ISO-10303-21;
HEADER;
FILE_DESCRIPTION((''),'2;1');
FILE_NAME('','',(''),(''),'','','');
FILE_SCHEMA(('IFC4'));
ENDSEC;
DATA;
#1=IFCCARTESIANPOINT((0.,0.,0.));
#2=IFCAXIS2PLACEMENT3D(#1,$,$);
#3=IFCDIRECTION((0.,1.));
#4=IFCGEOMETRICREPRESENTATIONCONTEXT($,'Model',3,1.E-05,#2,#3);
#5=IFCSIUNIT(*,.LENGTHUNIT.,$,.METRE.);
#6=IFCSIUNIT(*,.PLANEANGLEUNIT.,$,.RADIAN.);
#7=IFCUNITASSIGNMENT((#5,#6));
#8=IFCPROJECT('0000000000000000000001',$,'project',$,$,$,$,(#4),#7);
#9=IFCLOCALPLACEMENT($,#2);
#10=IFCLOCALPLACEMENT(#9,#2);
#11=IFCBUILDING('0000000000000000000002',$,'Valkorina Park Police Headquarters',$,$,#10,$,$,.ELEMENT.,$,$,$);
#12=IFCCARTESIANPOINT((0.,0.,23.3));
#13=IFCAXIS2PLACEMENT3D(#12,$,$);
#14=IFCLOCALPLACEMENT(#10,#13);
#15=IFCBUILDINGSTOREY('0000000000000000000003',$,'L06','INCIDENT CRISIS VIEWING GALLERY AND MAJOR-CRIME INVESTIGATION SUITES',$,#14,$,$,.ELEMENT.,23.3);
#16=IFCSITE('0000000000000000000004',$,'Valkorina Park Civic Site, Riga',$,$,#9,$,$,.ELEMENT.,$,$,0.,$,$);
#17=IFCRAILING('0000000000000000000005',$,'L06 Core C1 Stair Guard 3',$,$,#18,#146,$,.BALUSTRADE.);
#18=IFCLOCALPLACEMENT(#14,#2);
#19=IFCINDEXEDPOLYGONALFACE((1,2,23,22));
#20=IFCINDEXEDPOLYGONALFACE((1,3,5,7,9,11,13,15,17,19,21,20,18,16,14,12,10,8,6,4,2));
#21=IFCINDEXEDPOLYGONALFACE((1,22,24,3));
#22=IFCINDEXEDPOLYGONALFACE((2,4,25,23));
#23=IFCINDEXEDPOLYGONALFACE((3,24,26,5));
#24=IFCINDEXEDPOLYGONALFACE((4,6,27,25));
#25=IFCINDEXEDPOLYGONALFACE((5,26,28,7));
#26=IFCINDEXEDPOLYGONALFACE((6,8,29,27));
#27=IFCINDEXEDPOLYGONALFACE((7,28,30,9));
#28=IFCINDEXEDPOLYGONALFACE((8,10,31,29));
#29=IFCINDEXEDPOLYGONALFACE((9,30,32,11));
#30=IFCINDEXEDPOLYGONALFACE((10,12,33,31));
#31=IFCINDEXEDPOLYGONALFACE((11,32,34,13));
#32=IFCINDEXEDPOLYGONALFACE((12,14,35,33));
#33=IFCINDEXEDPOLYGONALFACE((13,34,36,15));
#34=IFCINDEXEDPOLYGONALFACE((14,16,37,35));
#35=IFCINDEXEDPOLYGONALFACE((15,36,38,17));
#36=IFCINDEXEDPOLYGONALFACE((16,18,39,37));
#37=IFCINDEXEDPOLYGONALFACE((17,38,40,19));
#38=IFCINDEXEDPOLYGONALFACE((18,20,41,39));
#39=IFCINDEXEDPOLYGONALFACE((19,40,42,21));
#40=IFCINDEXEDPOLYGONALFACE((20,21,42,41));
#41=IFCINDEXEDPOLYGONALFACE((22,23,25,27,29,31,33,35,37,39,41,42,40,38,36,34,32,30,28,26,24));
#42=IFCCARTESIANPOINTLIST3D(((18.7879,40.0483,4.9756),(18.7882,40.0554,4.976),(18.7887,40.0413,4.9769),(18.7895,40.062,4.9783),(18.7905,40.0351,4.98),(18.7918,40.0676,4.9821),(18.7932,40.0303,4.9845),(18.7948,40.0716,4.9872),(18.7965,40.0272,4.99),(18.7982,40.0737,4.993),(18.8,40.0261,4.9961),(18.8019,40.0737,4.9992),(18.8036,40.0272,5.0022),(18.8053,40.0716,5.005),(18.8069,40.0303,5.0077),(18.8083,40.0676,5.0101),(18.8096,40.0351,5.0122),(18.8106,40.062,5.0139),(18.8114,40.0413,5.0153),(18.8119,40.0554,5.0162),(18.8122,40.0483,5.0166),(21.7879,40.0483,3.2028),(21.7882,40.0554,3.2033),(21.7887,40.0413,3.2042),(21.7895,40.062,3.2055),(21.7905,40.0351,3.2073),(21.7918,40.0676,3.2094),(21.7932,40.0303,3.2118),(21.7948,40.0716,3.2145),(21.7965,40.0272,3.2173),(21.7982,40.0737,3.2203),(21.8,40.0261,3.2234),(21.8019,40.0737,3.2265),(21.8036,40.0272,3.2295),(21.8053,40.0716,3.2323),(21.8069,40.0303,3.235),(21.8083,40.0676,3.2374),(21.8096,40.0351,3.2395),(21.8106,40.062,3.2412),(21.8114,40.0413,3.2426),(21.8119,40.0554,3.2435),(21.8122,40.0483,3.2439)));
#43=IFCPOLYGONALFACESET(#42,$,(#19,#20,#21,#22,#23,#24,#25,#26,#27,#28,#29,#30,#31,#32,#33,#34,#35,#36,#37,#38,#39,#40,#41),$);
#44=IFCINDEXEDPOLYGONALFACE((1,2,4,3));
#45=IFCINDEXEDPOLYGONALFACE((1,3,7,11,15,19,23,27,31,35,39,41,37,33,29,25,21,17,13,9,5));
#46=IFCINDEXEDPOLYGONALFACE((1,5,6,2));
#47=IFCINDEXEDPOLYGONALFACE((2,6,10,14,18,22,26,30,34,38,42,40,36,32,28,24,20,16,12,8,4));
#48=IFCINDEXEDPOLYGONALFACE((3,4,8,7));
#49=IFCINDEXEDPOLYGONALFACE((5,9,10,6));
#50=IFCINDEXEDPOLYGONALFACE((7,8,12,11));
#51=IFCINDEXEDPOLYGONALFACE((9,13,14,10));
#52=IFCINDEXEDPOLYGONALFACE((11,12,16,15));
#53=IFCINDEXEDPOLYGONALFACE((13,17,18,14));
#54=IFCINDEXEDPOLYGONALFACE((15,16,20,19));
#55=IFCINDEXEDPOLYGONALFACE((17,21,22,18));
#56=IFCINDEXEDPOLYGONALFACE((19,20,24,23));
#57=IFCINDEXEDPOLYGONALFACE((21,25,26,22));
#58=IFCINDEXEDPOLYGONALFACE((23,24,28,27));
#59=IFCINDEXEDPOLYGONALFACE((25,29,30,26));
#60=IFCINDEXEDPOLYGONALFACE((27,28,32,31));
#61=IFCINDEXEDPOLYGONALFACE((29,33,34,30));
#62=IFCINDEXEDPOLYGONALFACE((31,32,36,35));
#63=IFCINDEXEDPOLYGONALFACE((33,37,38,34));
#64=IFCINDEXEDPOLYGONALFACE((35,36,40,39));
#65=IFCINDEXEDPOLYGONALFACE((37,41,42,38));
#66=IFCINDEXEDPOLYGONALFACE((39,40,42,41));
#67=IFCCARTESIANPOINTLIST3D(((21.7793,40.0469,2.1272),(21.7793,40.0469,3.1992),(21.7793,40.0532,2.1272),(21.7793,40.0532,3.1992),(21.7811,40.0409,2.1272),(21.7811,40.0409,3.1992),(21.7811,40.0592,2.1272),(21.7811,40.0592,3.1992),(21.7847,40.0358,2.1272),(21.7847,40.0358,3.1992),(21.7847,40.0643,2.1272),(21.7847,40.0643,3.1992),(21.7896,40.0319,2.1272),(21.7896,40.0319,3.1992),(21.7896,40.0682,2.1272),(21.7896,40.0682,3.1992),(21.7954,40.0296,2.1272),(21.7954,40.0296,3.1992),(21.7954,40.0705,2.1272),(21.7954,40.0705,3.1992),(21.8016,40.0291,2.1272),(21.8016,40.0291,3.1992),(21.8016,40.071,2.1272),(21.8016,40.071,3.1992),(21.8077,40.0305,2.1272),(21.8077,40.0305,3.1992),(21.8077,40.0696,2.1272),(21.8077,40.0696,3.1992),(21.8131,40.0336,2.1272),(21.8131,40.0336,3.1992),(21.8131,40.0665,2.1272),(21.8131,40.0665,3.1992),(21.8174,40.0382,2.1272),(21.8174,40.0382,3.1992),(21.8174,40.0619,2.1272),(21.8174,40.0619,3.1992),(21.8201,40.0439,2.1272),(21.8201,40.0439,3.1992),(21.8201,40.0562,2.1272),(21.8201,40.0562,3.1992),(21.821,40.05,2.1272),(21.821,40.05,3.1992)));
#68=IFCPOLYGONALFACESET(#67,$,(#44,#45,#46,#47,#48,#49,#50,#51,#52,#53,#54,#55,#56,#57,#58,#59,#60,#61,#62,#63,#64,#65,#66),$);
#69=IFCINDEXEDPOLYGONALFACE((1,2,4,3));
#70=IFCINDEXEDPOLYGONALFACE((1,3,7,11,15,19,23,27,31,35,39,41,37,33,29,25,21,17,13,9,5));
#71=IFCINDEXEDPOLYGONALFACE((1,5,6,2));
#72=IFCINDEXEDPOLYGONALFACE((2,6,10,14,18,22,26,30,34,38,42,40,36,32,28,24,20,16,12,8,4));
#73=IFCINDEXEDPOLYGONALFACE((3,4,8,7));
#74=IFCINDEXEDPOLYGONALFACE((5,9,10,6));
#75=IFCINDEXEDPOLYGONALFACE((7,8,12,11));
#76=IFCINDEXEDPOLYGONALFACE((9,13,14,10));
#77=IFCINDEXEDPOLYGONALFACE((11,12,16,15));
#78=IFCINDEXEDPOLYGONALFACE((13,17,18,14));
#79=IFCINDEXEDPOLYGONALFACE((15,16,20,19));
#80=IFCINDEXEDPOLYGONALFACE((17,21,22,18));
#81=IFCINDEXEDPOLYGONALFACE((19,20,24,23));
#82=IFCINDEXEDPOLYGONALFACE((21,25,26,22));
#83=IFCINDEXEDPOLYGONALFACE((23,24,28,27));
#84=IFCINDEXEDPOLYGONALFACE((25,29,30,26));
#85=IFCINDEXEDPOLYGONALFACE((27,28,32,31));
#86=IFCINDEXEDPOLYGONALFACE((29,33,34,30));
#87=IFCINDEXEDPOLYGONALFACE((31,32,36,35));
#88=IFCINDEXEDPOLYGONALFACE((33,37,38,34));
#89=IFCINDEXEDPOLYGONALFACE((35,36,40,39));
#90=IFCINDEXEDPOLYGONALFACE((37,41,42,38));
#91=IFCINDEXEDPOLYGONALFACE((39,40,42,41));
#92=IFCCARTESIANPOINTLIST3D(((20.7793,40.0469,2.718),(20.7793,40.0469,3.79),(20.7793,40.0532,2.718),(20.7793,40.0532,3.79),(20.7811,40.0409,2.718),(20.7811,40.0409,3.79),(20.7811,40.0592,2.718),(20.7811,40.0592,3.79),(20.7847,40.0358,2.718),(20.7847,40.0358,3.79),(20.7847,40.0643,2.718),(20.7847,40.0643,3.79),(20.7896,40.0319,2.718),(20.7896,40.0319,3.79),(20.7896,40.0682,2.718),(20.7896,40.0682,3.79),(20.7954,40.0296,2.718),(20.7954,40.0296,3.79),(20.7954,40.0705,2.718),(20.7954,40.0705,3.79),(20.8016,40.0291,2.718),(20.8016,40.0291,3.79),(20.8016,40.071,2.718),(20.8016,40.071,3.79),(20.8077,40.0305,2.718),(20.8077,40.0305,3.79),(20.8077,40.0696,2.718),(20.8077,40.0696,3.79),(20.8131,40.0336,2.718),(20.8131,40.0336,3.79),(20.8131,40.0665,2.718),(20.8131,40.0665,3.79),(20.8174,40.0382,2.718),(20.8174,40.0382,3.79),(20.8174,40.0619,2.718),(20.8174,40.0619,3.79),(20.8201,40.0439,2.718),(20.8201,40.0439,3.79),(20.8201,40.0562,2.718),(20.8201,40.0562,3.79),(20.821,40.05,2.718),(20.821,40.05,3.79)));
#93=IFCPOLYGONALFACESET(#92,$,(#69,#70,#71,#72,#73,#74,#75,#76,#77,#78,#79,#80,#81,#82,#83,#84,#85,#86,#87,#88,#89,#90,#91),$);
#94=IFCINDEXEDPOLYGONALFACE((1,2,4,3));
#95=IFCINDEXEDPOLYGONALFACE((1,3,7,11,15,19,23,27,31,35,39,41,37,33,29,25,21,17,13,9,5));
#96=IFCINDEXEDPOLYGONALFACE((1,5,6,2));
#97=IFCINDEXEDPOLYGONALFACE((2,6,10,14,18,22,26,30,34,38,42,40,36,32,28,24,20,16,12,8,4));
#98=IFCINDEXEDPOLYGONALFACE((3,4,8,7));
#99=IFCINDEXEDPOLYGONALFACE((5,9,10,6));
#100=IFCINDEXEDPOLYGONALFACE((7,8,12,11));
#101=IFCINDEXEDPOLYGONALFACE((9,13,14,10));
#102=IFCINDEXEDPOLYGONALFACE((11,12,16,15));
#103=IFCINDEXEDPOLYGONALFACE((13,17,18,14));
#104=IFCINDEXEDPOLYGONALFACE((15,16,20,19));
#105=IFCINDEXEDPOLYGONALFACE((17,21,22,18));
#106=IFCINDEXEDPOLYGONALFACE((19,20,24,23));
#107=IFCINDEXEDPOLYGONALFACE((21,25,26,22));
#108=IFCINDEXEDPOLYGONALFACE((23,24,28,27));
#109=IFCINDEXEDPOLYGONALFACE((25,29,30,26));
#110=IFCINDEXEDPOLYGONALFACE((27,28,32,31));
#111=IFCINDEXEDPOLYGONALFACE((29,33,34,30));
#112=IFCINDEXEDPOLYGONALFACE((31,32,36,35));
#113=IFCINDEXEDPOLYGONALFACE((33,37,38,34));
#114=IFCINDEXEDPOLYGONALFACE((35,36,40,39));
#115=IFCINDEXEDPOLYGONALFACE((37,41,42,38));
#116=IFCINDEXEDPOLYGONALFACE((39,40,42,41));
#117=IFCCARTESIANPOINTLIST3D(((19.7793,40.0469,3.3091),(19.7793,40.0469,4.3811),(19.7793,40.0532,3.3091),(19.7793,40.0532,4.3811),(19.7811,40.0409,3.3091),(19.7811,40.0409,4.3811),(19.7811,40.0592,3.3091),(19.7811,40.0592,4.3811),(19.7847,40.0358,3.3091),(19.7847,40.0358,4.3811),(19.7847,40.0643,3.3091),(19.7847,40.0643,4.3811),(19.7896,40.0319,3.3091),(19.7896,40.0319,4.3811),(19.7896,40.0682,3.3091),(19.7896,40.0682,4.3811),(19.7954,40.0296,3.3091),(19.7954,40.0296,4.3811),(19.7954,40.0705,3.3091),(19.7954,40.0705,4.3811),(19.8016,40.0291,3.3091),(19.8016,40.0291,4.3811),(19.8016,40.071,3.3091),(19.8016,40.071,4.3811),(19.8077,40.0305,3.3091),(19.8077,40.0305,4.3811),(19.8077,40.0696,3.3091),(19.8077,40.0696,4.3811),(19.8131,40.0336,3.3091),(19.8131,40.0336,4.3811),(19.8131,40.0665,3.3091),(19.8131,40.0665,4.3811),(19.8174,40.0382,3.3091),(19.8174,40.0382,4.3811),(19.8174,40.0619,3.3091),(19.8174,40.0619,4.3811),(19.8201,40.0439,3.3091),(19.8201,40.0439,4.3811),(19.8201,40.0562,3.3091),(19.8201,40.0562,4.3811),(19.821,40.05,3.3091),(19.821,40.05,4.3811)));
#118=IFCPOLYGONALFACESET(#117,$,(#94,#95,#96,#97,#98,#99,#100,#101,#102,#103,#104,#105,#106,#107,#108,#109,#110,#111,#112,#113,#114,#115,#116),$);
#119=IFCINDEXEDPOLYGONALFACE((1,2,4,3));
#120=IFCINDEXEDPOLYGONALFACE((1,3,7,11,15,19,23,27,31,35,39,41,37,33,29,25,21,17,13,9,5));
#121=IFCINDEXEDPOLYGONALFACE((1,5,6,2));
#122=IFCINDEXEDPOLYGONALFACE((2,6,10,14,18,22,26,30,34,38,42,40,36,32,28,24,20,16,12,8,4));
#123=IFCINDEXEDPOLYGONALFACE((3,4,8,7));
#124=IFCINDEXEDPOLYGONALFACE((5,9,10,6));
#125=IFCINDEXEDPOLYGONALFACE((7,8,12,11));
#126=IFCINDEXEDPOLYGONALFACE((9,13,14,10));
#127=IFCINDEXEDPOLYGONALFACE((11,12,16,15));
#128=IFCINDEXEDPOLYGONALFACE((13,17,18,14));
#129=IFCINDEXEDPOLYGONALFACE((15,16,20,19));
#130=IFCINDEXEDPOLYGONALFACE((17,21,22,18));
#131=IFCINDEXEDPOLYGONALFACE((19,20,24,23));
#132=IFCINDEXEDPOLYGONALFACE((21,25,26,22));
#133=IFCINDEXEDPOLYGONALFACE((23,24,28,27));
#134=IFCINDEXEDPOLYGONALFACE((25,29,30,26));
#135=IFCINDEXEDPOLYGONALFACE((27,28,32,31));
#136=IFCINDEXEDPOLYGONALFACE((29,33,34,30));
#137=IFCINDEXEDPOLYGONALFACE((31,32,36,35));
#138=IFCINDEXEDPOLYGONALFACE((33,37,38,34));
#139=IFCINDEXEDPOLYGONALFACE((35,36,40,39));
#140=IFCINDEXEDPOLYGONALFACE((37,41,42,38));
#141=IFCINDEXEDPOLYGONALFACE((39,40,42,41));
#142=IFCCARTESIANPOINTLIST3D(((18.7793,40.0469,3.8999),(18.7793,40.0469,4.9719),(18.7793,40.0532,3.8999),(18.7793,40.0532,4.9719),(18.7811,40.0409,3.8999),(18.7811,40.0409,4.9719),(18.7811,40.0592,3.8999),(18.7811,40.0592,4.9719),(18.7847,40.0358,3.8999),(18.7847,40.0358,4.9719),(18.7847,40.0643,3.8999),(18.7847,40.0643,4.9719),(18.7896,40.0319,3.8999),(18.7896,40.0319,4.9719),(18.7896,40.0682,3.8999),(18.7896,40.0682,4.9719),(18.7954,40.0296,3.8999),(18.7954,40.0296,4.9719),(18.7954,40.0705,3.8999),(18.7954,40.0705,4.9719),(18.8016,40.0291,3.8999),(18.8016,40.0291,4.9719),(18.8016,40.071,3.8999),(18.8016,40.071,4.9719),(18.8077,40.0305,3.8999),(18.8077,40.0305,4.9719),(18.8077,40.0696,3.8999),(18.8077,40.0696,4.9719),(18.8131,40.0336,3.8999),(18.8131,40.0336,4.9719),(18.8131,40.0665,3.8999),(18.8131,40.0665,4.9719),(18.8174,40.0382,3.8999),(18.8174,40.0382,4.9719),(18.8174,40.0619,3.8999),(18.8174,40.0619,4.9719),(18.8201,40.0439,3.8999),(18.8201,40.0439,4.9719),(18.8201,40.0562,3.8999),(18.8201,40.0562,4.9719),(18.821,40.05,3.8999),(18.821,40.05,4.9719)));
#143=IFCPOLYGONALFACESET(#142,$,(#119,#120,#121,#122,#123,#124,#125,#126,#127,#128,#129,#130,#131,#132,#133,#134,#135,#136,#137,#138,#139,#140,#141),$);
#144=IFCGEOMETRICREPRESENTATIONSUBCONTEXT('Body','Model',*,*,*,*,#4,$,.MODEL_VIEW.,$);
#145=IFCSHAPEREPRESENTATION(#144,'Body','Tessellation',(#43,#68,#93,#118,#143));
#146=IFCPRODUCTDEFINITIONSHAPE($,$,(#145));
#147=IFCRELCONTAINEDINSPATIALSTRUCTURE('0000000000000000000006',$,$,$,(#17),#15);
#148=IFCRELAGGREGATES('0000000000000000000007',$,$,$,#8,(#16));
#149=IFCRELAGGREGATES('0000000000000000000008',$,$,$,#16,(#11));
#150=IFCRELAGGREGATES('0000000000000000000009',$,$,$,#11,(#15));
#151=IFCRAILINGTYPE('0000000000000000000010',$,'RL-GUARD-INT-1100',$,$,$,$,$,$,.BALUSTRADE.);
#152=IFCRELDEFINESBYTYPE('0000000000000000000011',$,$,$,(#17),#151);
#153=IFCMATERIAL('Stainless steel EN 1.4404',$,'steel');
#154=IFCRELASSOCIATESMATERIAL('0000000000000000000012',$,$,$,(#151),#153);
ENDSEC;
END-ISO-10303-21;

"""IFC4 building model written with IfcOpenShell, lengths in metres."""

from ifc_helpers import new_model, si_unit, direction, frame, origin, origin_2d, place, context, subcontext, project, spatial, circle, extrude, material, type_object, element, save


model = new_model("IFC4")

# Units and contexts
model_context = context("Model", 3, precision=1e-05, world=origin(), true_north=direction((0.0, 1.0)))
body_context = subcontext(model_context, "Body", "Model", "MODEL_VIEW")
ifc_project = project(units=[si_unit("LENGTHUNIT", "METRE"), si_unit("PLANEANGLEUNIT", "RADIAN")], contexts=[model_context])

# Site, building, storey
site_placement = place(None, origin())
site = spatial("IfcSite", under=ifc_project, at=site_placement, Name="Valkorina Park Civic Site, Riga", CompositionType="ELEMENT", RefElevation=0.0)
building_placement = place(site_placement, origin())
building = spatial("IfcBuilding", under=site, at=building_placement, Name="Valkorina Park Police Headquarters", CompositionType="ELEMENT")
storey_placement = place(building_placement, frame((0.0, 0.0, 23.3)))
storey = spatial("IfcBuildingStorey", under=building, at=storey_placement, Name="L06", Description="INCIDENT CRISIS VIEWING GALLERY AND MAJOR-CRIME INVESTIGATION SUITES", CompositionType="ELEMENT", Elevation=23.3)

# Railing
ifc_material_1 = material(Name="Stainless steel EN 1.4404", Category="steel")
railing_type_1 = type_object("IfcRailingType", Name="RL-GUARD-INT-1100", PredefinedType="BALUSTRADE", material=ifc_material_1)
railing_1_placement = place(storey_placement, frame((21.8, 40.05, 2.1272)))
element("IfcRailing", 1, at=railing_1_placement, inside=storey, type_object=railing_type_1, Name="L06 Core C1 Stair Guard 3", PredefinedType="BALUSTRADE", context=body_context, shape_type="SweptSolid", body=[
    extrude(circle(Radius=0.0239, at=origin_2d()), frame((0.0, 0.0, 1.0962), z_axis=(-0.860929, 0.0, 0.508725), x_axis=(0.0, -1.0, 0.0)), (0.0, 0.0, 1.0), 3.4846),
    extrude(circle(Radius=0.021, at=origin_2d()), origin(), (0.0, 0.0, 1.0), 1.072),
    extrude(circle(Radius=0.021, at=origin_2d()), frame((-1.0, 0.0, 0.5908)), (0.0, 0.0, 1.0), 1.072),
    extrude(circle(Radius=0.021, at=origin_2d()), frame((-2.0, 0.0, 1.1819)), (0.0, 0.0, 1.0), 1.072),
    extrude(circle(Radius=0.021, at=origin_2d()), frame((-3.0, 0.0, 1.7727)), (0.0, 0.0, 1.0), 1.072),
])

save(model, "model.ifc")
